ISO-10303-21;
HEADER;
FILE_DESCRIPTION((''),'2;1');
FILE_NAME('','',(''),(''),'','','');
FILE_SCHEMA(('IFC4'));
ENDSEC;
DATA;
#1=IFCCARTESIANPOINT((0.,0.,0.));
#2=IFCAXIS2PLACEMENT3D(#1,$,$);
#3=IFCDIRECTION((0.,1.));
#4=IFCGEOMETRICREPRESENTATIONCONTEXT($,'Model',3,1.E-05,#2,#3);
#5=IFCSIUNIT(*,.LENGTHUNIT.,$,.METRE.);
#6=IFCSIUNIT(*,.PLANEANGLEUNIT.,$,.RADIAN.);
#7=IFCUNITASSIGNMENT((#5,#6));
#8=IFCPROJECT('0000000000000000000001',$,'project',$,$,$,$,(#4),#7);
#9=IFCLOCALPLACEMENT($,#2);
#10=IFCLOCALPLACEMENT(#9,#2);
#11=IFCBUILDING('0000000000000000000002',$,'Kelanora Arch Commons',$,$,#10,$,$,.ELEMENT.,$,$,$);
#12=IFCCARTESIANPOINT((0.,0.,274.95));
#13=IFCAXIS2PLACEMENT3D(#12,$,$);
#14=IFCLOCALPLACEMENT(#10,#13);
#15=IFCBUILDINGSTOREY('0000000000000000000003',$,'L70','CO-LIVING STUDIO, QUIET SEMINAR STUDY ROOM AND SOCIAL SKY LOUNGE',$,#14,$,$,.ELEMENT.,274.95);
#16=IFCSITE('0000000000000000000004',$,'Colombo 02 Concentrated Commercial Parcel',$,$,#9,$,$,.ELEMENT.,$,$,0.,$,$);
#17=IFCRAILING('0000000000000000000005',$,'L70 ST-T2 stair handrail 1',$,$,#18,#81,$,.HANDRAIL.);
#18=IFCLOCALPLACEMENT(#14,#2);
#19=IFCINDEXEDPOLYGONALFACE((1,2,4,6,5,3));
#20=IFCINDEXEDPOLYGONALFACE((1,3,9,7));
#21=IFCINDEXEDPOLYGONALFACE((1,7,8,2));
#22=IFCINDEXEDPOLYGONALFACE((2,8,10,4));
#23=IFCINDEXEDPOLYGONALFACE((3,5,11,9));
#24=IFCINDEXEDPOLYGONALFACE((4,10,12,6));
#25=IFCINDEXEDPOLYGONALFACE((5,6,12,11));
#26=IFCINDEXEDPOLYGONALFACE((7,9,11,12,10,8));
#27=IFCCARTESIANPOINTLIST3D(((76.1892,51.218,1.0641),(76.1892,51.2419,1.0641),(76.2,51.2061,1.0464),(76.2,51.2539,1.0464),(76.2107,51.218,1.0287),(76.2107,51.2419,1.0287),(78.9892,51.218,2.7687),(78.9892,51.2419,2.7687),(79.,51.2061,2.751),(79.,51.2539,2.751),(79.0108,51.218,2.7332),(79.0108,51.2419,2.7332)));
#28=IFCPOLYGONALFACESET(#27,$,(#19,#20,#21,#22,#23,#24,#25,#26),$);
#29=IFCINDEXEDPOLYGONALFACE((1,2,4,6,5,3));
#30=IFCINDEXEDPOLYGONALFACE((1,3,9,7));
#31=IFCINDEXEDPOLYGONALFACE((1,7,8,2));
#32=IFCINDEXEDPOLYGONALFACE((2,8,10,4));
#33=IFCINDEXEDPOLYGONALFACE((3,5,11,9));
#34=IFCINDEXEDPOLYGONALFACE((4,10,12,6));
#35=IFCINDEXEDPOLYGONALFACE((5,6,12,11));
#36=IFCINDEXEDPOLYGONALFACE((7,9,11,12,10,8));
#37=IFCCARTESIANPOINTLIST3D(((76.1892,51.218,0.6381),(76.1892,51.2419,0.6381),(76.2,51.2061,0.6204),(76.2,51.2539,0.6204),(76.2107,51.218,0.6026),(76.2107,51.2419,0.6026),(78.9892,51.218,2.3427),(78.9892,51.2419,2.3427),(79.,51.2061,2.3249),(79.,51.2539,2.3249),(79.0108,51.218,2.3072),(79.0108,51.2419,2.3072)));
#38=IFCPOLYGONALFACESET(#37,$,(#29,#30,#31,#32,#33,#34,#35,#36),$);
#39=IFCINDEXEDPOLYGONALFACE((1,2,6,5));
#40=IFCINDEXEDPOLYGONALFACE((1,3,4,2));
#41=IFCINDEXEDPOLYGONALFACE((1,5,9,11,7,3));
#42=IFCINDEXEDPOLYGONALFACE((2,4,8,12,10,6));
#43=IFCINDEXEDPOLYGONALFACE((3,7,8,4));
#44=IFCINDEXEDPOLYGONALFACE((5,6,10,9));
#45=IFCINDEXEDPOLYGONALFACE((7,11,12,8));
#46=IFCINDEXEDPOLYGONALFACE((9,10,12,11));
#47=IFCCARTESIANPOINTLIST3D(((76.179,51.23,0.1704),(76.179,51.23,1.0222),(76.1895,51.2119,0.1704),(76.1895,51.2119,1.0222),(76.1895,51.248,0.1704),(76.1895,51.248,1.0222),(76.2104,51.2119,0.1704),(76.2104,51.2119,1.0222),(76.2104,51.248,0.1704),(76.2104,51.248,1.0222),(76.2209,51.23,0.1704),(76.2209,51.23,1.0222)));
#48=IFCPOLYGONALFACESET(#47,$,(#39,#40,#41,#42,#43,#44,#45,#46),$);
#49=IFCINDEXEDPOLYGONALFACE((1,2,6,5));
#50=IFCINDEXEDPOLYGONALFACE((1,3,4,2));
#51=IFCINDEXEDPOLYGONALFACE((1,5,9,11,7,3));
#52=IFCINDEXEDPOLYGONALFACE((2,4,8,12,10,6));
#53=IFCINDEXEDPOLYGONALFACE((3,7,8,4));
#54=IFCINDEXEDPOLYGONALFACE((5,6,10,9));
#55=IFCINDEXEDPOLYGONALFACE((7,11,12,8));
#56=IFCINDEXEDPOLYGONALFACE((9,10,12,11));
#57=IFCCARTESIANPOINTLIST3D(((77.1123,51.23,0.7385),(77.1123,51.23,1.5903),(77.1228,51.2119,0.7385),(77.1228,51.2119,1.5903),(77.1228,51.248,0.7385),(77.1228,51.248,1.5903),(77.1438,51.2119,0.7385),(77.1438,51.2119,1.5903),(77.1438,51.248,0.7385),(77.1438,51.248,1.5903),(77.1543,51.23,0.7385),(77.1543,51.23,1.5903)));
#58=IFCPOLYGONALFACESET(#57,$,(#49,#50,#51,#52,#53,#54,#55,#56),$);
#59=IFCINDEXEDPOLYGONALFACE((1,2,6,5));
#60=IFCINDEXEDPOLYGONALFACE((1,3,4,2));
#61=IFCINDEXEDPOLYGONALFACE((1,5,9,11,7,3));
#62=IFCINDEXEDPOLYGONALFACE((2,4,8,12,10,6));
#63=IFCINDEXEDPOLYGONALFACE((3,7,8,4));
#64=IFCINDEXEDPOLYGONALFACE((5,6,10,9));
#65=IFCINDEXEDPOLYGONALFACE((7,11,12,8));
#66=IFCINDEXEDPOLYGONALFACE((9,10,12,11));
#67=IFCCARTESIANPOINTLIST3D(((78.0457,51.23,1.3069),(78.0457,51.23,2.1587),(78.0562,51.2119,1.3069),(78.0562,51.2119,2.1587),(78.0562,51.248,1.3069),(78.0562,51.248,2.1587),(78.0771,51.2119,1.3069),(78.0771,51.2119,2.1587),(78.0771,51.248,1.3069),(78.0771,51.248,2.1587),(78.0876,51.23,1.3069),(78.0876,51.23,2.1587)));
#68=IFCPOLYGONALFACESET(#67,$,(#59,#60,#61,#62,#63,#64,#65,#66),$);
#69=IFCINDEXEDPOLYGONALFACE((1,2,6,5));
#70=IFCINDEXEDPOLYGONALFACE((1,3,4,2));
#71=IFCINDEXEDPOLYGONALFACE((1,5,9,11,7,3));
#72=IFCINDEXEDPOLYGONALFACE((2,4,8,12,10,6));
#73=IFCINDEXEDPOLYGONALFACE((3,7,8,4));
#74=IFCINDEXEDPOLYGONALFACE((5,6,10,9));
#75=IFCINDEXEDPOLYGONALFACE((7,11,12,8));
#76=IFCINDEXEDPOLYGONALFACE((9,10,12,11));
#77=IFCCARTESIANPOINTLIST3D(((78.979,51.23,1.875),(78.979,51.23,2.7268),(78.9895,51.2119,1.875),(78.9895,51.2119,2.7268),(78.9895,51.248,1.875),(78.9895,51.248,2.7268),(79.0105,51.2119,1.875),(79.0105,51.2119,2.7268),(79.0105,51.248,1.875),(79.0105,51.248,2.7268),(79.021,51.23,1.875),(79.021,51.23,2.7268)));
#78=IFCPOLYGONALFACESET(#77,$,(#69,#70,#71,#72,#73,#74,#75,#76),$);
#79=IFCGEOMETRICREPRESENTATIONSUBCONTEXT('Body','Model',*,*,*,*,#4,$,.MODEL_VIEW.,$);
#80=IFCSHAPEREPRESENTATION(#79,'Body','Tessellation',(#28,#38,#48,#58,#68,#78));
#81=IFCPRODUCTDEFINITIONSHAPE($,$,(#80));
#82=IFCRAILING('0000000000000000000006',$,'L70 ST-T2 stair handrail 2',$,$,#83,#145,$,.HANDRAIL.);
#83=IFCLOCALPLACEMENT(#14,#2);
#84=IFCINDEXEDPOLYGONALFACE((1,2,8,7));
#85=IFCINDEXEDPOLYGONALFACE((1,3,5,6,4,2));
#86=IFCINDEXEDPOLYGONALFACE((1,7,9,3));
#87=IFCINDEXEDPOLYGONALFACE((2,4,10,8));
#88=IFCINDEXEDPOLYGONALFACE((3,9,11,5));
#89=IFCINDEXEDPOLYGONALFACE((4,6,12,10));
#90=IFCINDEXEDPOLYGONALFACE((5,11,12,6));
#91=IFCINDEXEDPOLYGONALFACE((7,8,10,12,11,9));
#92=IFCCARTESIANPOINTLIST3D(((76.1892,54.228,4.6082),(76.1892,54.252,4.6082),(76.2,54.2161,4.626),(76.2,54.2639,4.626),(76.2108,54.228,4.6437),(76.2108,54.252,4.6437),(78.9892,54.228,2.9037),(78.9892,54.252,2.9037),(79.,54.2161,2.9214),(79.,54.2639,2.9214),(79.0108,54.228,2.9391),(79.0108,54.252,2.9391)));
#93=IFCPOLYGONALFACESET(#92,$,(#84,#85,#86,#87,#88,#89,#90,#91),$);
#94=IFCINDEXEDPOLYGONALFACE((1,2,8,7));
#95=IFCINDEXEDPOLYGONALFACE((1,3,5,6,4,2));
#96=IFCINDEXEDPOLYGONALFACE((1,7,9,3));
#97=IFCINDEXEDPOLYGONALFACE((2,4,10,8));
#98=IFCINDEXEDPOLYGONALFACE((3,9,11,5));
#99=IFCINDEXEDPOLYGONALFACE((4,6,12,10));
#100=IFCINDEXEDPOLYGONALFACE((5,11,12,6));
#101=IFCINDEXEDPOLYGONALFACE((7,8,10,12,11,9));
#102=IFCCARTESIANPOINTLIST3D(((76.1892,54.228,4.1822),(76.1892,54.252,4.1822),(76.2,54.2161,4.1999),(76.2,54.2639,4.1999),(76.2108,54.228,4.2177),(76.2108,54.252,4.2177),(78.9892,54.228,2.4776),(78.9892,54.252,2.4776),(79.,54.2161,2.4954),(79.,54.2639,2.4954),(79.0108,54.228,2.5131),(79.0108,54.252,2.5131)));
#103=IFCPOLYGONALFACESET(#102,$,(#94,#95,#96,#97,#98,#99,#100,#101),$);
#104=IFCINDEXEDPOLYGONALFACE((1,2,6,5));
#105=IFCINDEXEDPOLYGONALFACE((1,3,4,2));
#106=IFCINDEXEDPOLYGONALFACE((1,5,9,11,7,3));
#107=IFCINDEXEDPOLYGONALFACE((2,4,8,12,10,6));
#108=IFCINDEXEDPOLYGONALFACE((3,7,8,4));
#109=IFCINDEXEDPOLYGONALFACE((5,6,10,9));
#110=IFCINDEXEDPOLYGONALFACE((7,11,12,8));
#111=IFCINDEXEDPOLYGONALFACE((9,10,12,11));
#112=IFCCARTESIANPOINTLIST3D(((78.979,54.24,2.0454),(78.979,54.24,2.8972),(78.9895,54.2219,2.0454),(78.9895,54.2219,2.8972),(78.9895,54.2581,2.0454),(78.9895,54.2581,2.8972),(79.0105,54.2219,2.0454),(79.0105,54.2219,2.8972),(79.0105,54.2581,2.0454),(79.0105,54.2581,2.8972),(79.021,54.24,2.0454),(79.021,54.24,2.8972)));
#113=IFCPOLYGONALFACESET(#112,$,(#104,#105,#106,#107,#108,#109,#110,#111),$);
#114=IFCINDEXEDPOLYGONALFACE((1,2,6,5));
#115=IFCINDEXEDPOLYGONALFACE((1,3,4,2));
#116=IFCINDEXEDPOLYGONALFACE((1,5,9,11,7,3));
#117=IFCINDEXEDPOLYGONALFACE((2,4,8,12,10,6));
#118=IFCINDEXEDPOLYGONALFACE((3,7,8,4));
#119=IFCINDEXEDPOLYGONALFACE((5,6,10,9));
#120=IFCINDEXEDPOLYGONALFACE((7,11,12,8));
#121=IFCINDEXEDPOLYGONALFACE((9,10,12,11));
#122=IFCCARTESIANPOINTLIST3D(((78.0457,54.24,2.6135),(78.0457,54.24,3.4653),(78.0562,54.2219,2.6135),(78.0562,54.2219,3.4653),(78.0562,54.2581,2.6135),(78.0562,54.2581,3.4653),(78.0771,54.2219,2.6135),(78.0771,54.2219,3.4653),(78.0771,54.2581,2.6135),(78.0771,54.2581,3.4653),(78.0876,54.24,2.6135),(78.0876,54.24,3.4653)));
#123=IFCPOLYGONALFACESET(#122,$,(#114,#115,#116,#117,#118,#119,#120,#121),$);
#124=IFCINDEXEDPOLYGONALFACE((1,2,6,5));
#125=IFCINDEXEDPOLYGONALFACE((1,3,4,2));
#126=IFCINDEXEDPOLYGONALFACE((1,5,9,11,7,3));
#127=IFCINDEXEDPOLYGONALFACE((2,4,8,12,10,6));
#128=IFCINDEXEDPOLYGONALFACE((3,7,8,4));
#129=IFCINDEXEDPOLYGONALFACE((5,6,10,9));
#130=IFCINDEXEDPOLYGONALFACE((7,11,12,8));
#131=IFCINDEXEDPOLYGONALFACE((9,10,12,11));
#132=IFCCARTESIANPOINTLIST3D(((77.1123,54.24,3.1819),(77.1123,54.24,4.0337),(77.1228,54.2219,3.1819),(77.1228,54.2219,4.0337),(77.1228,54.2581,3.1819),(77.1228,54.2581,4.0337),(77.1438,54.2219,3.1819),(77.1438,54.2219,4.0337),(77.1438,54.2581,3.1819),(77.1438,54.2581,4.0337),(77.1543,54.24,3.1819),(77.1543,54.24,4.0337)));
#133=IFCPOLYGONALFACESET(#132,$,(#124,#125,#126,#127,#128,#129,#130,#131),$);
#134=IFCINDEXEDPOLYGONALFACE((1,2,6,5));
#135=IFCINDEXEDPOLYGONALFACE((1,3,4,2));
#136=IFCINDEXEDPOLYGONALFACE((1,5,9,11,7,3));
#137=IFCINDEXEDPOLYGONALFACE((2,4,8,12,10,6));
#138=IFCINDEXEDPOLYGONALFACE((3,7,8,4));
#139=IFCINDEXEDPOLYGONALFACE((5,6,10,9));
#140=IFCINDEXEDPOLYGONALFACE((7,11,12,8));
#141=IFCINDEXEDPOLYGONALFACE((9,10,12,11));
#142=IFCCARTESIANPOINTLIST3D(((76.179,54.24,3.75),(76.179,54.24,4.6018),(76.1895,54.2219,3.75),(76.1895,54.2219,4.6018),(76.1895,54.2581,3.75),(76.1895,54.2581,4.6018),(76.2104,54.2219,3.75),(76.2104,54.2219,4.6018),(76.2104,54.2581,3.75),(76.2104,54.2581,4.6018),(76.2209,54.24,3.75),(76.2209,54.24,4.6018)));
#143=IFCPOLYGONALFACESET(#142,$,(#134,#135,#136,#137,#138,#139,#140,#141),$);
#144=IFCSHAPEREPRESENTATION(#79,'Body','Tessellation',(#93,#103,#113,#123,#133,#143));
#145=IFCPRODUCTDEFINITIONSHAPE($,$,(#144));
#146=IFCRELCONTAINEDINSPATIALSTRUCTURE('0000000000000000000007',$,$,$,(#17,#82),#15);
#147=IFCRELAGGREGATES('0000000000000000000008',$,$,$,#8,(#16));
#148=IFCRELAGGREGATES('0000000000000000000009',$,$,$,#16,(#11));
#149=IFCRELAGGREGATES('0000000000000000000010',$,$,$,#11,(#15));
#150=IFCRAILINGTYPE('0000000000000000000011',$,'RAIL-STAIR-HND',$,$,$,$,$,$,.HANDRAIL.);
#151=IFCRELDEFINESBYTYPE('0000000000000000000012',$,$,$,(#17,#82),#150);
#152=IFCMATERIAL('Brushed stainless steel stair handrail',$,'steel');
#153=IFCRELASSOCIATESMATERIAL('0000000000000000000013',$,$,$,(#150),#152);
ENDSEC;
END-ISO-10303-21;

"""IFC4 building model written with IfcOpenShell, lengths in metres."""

from ifc_helpers import new_model, si_unit, direction, frame, origin, place, context, subcontext, project, spatial, polyline, outline, extrude, material, type_object, element, save


model = new_model("IFC4")

# Units and contexts
model_context = context("Model", 3, precision=1e-05, world=origin(), true_north=direction((0.0, 1.0)))
body_context = subcontext(model_context, "Body", "Model", "MODEL_VIEW")
ifc_project = project(units=[si_unit("LENGTHUNIT", "METRE"), si_unit("PLANEANGLEUNIT", "RADIAN")], contexts=[model_context])

# Site, building, storey
site_placement = place(None, origin())
site = spatial("IfcSite", under=ifc_project, at=site_placement, Name="Colombo 02 Concentrated Commercial Parcel", CompositionType="ELEMENT", RefElevation=0.0)
building_placement = place(site_placement, origin())
building = spatial("IfcBuilding", under=site, at=building_placement, Name="Kelanora Arch Commons", CompositionType="ELEMENT")
storey_placement = place(building_placement, frame((0.0, 0.0, 274.95)))
storey = spatial("IfcBuildingStorey", under=building, at=storey_placement, Name="L70", Description="CO-LIVING STUDIO, QUIET SEMINAR STUDY ROOM AND SOCIAL SKY LOUNGE", CompositionType="ELEMENT", Elevation=274.95)

# Railings
ifc_material_1 = material(Name="Brushed stainless steel stair handrail", Category="steel")
railing_type_1 = type_object("IfcRailingType", Name="RAIL-STAIR-HND", PredefinedType="HANDRAIL", material=ifc_material_1)
railing_1_placement = place(storey_placement, frame((76.2, 51.23, 0.1704)))
element("IfcRailing", 1, at=railing_1_placement, inside=storey, type_object=railing_type_1, Name="L70 ST-T2 stair handrail 1", PredefinedType="HANDRAIL", context=body_context, shape_type="SweptSolid", body=[
    extrude(outline(polyline([(0.0239, 0.0), (0.012, 0.0208), (-0.012, 0.0208), (-0.0239, 0.0), (-0.012, -0.0208), (0.012, -0.0208), (0.0239, 0.0)])), frame((0.0, 0.0, 0.876), z_axis=(0.85417, 0.0, 0.519994), x_axis=(0.0, 1.0, 0.0)), (0.0, 0.0, 1.0), 3.2781),
    extrude(outline(polyline([(0.0239, 0.0), (0.012, 0.0208), (-0.012, 0.0208), (-0.0239, 0.0), (-0.012, -0.0208), (0.012, -0.0208), (0.0239, 0.0)])), frame((0.0, 0.0, 0.45), z_axis=(0.85417, 0.0, 0.519994), x_axis=(0.0, 1.0, 0.0)), (0.0, 0.0, 1.0), 3.2781),
    extrude(outline(polyline([(0.021, 0.0), (0.0105, 0.0181), (-0.0105, 0.0181), (-0.021, 0.0), (-0.0105, -0.0181), (0.0105, -0.0181), (0.021, 0.0)])), origin(), (0.0, 0.0, 1.0), 0.8518),
    extrude(outline(polyline([(0.021, 0.0), (0.0105, 0.0181), (-0.0105, 0.0181), (-0.021, 0.0), (-0.0105, -0.0181), (0.0105, -0.0181), (0.021, 0.0)])), frame((0.9333, 0.0, 0.5681)), (0.0, 0.0, 1.0), 0.8518),
    extrude(outline(polyline([(0.021, 0.0), (0.0105, 0.0181), (-0.0105, 0.0181), (-0.021, 0.0), (-0.0105, -0.0181), (0.0105, -0.0181), (0.021, 0.0)])), frame((1.8667, 0.0, 1.1365)), (0.0, 0.0, 1.0), 0.8518),
    extrude(outline(polyline([(0.021, 0.0), (0.0105, 0.0181), (-0.0105, 0.0181), (-0.021, 0.0), (-0.0105, -0.0181), (0.0105, -0.0181), (0.021, 0.0)])), frame((2.8, 0.0, 1.7046)), (0.0, 0.0, 1.0), 0.8518),
])
railing_2_placement = place(storey_placement, frame((79.0, 54.24, 2.0454)))
element("IfcRailing", 2, at=railing_2_placement, inside=storey, type_object=railing_type_1, Name="L70 ST-T2 stair handrail 2", PredefinedType="HANDRAIL", context=body_context, shape_type="SweptSolid", body=[
    extrude(outline(polyline([(0.0239, 0.0), (0.012, 0.0208), (-0.012, 0.0208), (-0.0239, 0.0), (-0.012, -0.0208), (0.012, -0.0208), (0.0239, 0.0)])), frame((0.0, 0.0, 0.876), z_axis=(-0.85417, 0.0, 0.519994), x_axis=(0.0, -1.0, 0.0)), (0.0, 0.0, 1.0), 3.2781),
    extrude(outline(polyline([(0.0239, 0.0), (0.012, 0.0208), (-0.012, 0.0208), (-0.0239, 0.0), (-0.012, -0.0208), (0.012, -0.0208), (0.0239, 0.0)])), frame((0.0, 0.0, 0.45), z_axis=(-0.85417, 0.0, 0.519994), x_axis=(0.0, -1.0, 0.0)), (0.0, 0.0, 1.0), 3.2781),
    extrude(outline(polyline([(0.021, 0.0), (0.0105, 0.0181), (-0.0105, 0.0181), (-0.021, 0.0), (-0.0105, -0.0181), (0.0105, -0.0181), (0.021, 0.0)])), origin(), (0.0, 0.0, 1.0), 0.8518),
    extrude(outline(polyline([(0.021, 0.0), (0.0105, 0.0181), (-0.0105, 0.0181), (-0.021, 0.0), (-0.0105, -0.0181), (0.0105, -0.0181), (0.021, 0.0)])), frame((-0.9333, 0.0, 0.5681)), (0.0, 0.0, 1.0), 0.8518),
    extrude(outline(polyline([(0.021, 0.0), (0.0105, 0.0181), (-0.0105, 0.0181), (-0.021, 0.0), (-0.0105, -0.0181), (0.0105, -0.0181), (0.021, 0.0)])), frame((-1.8667, 0.0, 1.1365)), (0.0, 0.0, 1.0), 0.8518),
    extrude(outline(polyline([(0.021, 0.0), (0.0105, 0.0181), (-0.0105, 0.0181), (-0.021, 0.0), (-0.0105, -0.0181), (0.0105, -0.0181), (0.021, 0.0)])), frame((-2.8, 0.0, 1.7046)), (0.0, 0.0, 1.0), 0.8518),
])

save(model, "model.ifc")
